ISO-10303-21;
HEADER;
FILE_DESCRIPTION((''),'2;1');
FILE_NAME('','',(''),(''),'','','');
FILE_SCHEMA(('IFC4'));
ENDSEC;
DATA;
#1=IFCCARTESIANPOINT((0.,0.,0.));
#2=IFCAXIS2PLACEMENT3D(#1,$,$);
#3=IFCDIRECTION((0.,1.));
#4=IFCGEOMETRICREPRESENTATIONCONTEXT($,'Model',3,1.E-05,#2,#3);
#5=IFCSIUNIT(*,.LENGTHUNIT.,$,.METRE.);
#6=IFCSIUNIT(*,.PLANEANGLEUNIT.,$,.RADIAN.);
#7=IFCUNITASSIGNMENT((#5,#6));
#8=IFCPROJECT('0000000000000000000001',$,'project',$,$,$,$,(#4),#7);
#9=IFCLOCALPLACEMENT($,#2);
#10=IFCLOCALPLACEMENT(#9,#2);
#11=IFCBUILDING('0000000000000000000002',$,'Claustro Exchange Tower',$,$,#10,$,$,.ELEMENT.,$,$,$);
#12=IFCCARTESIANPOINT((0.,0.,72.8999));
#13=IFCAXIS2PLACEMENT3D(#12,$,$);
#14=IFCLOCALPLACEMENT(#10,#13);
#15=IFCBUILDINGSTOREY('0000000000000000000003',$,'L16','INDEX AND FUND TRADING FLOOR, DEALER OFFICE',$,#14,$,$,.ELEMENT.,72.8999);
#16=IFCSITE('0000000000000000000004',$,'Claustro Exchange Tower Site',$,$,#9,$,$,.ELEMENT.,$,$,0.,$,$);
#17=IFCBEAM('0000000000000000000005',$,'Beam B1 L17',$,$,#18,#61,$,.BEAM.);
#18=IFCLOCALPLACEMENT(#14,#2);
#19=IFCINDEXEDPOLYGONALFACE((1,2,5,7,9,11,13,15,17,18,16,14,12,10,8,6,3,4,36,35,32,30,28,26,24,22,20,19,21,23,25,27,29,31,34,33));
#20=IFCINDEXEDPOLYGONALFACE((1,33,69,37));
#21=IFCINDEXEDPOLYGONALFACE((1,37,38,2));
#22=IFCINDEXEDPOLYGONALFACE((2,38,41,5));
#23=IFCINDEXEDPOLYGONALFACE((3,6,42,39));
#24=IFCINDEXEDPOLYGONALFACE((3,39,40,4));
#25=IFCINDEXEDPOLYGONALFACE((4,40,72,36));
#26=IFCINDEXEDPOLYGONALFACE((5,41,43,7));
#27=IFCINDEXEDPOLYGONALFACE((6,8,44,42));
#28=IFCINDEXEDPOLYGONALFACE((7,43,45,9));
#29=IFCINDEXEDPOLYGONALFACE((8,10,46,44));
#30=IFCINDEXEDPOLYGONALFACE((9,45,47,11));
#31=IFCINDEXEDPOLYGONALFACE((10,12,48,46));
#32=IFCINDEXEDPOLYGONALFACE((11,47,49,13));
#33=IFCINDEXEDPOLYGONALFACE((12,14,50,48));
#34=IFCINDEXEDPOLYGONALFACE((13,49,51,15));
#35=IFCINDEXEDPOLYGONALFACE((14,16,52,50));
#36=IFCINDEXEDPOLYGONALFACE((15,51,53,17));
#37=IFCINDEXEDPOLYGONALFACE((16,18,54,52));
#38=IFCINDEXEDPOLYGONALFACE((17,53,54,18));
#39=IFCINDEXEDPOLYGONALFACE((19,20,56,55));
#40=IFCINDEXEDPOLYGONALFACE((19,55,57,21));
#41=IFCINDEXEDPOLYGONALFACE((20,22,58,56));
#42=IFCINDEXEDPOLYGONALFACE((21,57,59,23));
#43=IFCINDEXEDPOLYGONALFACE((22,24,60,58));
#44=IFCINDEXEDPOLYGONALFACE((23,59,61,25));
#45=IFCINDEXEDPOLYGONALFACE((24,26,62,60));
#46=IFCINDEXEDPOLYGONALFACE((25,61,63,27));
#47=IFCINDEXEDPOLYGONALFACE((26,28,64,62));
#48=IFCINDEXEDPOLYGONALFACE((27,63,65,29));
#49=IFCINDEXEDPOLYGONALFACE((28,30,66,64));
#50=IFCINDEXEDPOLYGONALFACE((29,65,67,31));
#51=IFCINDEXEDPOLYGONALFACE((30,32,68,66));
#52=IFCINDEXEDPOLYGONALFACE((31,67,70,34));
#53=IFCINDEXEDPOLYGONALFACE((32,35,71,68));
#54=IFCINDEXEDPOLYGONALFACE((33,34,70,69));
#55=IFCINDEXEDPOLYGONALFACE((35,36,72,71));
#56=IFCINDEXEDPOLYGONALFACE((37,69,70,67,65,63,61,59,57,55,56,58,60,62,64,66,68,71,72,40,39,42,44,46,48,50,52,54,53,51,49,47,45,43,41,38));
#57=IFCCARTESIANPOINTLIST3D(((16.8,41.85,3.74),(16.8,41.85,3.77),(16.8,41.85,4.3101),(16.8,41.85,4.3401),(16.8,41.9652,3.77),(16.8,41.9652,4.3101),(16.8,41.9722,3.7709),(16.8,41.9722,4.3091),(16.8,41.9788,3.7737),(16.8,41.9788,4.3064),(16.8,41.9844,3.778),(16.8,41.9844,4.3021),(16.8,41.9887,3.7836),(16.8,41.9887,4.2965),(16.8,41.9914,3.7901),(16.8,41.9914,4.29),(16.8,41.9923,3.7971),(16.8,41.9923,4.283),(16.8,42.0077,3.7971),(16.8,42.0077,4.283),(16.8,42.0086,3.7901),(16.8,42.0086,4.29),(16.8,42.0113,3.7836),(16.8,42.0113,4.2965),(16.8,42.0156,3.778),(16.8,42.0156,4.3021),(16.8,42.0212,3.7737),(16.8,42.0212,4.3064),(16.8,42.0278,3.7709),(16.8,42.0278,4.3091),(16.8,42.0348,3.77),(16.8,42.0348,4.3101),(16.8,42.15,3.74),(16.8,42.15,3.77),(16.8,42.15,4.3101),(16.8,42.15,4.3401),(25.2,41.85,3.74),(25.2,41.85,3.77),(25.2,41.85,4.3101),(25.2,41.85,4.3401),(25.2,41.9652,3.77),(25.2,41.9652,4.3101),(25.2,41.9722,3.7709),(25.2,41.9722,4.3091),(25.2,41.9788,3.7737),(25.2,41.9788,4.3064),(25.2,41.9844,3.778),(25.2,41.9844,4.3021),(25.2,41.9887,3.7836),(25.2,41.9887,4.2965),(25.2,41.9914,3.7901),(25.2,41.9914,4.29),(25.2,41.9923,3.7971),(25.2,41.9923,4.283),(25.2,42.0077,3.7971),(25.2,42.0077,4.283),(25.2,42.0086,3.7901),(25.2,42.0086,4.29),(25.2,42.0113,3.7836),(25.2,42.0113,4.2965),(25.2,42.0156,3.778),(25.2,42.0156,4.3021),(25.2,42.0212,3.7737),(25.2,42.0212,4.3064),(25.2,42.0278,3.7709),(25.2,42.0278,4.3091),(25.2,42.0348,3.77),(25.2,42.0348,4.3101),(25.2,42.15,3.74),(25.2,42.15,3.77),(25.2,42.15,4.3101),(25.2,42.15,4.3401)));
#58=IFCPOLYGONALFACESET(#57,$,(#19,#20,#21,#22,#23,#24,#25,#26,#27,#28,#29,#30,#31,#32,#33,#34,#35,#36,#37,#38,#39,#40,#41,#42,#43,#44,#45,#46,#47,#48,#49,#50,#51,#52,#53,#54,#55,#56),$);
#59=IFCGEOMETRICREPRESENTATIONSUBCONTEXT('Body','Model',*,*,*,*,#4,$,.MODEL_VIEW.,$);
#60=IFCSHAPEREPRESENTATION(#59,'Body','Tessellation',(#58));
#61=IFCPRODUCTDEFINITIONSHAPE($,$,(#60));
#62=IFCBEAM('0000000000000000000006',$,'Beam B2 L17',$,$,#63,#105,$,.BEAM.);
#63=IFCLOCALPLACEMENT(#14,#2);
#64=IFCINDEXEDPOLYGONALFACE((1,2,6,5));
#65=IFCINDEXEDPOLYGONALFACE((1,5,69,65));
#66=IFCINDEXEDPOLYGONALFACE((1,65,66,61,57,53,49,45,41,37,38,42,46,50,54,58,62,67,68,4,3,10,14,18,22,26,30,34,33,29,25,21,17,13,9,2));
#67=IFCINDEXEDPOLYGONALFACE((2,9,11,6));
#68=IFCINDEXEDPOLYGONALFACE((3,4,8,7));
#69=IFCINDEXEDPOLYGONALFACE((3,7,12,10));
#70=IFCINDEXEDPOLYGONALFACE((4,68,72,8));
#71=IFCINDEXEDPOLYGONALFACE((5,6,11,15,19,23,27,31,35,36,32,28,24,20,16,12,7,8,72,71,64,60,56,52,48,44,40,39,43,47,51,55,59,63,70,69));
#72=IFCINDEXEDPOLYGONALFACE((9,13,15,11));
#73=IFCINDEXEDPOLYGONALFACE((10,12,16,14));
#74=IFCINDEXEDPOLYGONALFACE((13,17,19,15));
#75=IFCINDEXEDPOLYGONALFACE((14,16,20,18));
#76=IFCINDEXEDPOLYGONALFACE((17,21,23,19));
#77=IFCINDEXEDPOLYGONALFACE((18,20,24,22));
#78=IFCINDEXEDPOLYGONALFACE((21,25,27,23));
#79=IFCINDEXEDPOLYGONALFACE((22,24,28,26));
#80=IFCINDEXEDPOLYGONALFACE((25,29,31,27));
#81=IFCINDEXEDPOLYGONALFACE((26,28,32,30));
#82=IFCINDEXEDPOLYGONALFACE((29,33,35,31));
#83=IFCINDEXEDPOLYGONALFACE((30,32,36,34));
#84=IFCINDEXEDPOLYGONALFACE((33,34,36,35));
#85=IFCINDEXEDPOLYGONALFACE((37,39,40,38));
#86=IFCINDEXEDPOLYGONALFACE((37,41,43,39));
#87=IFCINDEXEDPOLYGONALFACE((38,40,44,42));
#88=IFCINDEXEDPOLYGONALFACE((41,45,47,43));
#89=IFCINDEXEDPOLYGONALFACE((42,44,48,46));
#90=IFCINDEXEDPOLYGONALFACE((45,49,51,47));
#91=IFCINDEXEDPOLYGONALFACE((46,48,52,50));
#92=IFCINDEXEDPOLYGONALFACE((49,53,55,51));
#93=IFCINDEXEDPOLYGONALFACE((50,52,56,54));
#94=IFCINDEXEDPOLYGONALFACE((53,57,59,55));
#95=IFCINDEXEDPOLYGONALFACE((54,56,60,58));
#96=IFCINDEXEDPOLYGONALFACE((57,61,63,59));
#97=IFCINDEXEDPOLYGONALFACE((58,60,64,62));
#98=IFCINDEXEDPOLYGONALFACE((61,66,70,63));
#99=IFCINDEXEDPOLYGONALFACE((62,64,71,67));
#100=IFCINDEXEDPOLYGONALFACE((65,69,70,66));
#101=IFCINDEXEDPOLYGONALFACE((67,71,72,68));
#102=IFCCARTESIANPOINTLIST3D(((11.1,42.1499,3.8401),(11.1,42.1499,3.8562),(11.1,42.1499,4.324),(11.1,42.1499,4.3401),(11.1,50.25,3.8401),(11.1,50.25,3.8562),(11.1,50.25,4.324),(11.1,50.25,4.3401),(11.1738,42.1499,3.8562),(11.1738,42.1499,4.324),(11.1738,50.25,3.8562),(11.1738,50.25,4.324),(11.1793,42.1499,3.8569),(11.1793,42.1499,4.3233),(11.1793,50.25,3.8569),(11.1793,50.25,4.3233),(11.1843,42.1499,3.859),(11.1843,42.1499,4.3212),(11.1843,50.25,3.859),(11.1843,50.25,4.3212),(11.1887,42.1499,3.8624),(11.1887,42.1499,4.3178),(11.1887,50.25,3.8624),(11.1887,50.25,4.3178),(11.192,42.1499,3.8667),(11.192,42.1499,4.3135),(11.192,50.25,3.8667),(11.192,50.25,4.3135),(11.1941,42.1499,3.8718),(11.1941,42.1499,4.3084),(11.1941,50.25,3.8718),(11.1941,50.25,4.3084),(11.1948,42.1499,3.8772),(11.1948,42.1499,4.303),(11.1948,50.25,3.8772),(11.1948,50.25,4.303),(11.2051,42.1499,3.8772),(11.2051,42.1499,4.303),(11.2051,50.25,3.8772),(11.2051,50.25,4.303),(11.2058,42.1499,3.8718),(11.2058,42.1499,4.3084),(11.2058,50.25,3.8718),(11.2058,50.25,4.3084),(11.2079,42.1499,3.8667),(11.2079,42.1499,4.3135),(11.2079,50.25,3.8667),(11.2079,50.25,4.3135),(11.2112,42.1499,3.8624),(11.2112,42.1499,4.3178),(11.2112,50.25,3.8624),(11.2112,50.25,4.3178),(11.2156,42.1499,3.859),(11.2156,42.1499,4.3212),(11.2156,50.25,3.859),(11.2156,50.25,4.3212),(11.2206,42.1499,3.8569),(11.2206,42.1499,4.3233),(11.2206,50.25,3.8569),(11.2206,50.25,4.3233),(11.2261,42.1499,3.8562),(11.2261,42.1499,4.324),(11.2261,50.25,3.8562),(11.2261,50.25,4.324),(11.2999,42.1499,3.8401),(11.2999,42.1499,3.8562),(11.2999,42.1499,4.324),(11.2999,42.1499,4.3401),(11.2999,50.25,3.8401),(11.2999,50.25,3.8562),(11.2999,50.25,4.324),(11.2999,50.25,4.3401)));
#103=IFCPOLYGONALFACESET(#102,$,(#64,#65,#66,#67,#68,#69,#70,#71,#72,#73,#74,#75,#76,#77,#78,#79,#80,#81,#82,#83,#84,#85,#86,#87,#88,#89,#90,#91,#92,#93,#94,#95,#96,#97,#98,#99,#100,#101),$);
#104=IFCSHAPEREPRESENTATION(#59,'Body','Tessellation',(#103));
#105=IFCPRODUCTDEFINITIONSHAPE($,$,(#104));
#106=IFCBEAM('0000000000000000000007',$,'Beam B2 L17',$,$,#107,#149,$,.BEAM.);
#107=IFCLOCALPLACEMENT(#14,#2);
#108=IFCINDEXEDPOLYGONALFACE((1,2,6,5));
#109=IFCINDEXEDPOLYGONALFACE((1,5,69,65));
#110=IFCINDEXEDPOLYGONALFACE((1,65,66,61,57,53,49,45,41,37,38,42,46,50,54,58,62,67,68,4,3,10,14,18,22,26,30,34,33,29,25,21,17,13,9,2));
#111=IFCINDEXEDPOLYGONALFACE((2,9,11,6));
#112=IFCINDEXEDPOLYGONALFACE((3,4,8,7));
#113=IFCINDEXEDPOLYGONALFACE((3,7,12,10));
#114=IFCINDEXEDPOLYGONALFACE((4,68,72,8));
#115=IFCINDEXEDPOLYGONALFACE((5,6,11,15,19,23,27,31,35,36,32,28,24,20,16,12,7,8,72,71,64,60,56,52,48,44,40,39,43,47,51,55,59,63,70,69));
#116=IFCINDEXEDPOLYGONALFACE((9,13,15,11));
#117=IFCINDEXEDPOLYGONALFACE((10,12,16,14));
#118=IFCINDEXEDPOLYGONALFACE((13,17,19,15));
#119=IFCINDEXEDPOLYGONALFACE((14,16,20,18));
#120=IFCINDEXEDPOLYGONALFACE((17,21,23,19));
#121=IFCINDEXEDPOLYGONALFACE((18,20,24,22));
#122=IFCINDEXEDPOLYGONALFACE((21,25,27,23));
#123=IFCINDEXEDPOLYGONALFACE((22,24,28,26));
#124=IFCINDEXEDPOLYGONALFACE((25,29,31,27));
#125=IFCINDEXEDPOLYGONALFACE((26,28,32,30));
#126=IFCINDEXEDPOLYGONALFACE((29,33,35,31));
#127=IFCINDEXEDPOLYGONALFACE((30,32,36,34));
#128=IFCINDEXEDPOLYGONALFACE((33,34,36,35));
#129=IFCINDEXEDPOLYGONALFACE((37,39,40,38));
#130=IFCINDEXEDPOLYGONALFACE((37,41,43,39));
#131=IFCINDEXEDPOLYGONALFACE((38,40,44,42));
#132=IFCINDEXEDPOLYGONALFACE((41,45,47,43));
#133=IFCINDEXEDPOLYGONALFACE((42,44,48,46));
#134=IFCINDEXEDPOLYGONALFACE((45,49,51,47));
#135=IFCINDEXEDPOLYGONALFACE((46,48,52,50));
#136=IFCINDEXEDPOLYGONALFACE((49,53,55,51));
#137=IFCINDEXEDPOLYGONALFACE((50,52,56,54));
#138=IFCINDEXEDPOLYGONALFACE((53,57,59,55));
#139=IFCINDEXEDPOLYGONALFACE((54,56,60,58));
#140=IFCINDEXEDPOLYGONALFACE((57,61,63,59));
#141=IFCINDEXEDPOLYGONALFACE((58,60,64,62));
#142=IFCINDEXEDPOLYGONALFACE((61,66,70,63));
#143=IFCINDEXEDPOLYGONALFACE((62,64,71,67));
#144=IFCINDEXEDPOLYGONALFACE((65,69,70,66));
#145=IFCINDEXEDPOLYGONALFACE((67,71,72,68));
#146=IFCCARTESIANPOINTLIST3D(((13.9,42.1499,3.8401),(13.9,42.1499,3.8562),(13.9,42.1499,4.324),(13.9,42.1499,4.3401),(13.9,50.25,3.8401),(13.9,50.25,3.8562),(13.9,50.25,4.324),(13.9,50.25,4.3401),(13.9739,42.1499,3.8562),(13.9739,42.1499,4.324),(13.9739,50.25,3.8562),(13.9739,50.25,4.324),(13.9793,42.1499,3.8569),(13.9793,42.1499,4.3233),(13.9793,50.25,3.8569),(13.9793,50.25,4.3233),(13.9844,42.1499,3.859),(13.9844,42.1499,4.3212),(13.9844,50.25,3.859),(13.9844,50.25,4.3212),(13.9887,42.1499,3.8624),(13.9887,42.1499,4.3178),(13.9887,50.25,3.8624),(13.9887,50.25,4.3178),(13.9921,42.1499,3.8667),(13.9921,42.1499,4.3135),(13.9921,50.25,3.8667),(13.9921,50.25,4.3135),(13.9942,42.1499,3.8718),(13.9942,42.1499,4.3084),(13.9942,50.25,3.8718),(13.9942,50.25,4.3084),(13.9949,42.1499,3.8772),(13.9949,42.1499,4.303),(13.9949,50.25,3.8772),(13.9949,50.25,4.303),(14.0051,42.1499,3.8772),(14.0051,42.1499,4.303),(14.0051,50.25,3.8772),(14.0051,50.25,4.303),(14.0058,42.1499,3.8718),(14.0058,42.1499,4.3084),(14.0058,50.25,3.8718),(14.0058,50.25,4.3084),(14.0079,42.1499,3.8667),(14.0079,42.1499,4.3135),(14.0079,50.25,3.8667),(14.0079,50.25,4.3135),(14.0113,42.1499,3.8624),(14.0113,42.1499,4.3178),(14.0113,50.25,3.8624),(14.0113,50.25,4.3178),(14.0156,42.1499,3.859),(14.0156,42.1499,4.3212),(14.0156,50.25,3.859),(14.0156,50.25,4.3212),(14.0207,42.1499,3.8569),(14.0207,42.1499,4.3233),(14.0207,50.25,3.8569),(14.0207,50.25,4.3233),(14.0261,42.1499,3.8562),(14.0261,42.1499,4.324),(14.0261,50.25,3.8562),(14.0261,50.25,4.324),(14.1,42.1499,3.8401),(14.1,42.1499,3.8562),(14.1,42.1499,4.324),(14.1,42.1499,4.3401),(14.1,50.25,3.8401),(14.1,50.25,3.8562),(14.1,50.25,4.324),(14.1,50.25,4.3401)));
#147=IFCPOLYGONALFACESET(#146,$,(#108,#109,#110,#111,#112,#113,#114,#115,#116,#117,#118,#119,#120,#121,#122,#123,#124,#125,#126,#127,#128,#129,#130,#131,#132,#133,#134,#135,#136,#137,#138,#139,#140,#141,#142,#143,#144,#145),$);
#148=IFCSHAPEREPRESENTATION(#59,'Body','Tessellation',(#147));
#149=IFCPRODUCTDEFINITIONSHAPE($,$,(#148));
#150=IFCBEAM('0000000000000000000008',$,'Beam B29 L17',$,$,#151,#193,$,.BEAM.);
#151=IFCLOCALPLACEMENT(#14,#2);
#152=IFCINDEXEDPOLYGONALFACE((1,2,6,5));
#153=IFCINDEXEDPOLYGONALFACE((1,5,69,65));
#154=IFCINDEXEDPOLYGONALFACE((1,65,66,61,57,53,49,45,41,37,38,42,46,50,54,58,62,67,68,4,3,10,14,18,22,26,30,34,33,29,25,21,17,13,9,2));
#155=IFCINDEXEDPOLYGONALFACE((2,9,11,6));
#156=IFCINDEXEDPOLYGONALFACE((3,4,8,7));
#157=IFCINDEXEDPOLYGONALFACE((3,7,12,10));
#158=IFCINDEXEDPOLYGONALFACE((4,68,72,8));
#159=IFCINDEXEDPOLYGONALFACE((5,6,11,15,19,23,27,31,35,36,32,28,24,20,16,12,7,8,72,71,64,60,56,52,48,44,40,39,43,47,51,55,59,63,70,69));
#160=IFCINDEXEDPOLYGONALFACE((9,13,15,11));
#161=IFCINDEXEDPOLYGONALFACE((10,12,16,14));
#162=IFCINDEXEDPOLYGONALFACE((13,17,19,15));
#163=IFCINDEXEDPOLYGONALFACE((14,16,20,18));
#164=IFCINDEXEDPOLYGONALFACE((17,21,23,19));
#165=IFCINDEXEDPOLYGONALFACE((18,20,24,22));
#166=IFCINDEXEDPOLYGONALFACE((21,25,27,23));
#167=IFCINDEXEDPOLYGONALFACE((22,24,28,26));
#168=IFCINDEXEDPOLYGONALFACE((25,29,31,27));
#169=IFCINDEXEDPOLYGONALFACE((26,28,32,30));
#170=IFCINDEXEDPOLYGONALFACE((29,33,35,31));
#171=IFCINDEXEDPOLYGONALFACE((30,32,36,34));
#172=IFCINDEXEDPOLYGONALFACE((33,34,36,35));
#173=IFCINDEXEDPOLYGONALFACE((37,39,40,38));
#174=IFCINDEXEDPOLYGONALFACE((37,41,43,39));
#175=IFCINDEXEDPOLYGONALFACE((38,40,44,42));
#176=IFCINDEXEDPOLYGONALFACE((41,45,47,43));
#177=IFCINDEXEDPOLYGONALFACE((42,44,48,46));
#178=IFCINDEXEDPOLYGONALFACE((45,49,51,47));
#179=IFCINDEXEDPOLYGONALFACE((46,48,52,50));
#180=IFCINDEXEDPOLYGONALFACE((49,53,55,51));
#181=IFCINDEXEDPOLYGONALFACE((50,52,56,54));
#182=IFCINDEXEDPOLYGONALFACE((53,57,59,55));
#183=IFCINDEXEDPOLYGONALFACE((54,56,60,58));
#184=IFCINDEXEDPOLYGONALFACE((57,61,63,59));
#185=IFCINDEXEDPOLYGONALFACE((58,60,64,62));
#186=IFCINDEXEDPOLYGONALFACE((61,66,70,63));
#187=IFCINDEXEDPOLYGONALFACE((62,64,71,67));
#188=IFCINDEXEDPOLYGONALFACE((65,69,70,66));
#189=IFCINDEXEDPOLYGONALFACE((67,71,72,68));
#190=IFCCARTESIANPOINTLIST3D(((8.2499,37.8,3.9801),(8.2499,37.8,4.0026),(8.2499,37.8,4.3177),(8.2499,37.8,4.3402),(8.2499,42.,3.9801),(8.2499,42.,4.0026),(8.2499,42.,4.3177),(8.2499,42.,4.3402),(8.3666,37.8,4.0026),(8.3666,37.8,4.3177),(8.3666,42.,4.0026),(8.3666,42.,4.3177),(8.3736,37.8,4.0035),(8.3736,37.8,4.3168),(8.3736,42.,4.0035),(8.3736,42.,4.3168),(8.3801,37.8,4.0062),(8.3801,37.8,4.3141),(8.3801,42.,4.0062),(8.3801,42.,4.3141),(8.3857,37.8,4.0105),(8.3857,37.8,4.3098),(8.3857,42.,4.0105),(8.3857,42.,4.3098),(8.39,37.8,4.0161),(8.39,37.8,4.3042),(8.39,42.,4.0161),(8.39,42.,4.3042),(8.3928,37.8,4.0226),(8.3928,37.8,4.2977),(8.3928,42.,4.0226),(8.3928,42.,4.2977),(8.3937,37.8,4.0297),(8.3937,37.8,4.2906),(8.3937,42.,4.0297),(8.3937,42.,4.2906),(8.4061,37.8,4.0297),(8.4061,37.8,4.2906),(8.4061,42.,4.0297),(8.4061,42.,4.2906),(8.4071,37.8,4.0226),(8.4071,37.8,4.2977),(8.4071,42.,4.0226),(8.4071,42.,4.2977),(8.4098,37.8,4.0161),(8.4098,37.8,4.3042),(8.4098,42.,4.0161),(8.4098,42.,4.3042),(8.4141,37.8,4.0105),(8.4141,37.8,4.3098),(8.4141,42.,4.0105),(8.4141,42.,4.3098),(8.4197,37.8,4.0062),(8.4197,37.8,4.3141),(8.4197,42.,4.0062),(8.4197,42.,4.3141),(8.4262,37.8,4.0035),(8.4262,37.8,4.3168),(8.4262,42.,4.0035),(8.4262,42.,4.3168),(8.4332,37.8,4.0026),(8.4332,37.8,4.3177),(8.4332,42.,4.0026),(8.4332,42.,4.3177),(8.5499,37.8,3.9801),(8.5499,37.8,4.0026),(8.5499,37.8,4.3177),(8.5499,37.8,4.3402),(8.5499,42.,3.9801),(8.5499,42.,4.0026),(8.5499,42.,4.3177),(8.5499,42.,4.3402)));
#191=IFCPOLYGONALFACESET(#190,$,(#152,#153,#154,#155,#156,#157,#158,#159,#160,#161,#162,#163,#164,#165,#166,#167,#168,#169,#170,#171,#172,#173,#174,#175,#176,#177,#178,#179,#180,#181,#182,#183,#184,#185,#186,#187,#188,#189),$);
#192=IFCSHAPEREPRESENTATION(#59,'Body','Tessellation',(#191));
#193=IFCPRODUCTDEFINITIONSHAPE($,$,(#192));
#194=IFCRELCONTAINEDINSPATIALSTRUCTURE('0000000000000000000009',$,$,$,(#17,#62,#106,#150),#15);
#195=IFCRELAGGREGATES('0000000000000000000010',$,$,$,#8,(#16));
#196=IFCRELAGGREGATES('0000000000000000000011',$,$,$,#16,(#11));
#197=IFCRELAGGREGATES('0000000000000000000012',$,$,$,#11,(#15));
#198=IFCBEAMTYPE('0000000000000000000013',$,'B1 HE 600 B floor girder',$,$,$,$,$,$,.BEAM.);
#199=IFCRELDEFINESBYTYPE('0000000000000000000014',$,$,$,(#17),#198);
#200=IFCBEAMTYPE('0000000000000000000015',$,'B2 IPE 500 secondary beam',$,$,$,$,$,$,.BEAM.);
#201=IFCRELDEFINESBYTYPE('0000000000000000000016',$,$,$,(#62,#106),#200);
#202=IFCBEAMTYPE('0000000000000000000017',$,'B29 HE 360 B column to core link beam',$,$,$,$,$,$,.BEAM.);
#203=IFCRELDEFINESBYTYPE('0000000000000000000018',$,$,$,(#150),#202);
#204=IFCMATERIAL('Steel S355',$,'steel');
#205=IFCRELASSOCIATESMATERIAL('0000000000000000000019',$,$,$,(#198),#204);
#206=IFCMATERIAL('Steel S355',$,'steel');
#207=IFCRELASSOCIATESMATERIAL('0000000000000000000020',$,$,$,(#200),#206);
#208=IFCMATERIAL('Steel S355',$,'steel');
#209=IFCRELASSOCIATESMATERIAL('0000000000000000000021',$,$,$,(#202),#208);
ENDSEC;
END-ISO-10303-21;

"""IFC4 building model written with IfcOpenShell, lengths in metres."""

from ifc_helpers import new_model, si_unit, direction, frame, origin, origin_2d, place, context, subcontext, project, spatial, i_section, extrude, material, material_profile, profile_set, type_object, element, save


model = new_model("IFC4")

# Units and contexts
model_context = context("Model", 3, precision=1e-05, world=origin(), true_north=direction((0.0, 1.0)))
body_context = subcontext(model_context, "Body", "Model", "MODEL_VIEW")
ifc_project = project(units=[si_unit("LENGTHUNIT", "METRE"), si_unit("PLANEANGLEUNIT", "RADIAN")], contexts=[model_context])

# Site, building, storey
site_placement = place(None, origin())
site = spatial("IfcSite", under=ifc_project, at=site_placement, Name="Claustro Exchange Tower Site", CompositionType="ELEMENT", RefElevation=0.0)
building_placement = place(site_placement, origin())
building = spatial("IfcBuilding", under=site, at=building_placement, Name="Claustro Exchange Tower", CompositionType="ELEMENT")
storey_placement = place(building_placement, frame((0.0, 0.0, 72.8999)))
storey = spatial("IfcBuildingStorey", under=building, at=storey_placement, Name="L16", Description="INDEX AND FUND TRADING FLOOR, DEALER OFFICE", CompositionType="ELEMENT", Elevation=72.8999)

# Beams
ifc_material_1 = material(Name="Steel S355", Category="steel")
ifc_material_profile_1 = material_profile(ifc_material_1, i_section(OverallWidth=0.3, OverallDepth=0.6001, WebThickness=0.0154, FlangeThickness=0.03, FilletRadius=0.0271, at=origin_2d()), Name="HE 600 B")
ifc_profile_set_1 = profile_set([ifc_material_profile_1], Name="Steel S355")
beam_type_1 = type_object("IfcBeamType", Name="B1 HE 600 B floor girder", PredefinedType="BEAM", material=ifc_profile_set_1)
beam_1_placement = place(storey_placement, frame((16.8, 42.0, 4.04), z_axis=(1.0, 0.0, 0.0), x_axis=(0.0, 1.0, 0.0)))
element("IfcBeam", 1, at=beam_1_placement, inside=storey, type_object=beam_type_1, Name="Beam B1 L17", PredefinedType="BEAM", context=body_context, shape_type="SweptSolid", body=[
    extrude(i_section(OverallWidth=0.3, OverallDepth=0.6001, WebThickness=0.0154, FlangeThickness=0.03, FilletRadius=0.0271, at=origin_2d()), origin(), (0.0, 0.0, 1.0), 8.3999),
])
ifc_material_2 = material(Name="Steel S355", Category="steel")
ifc_material_profile_2 = material_profile(ifc_material_2, i_section(OverallWidth=0.2, OverallDepth=0.5, WebThickness=0.0103, FlangeThickness=0.0161, FilletRadius=0.021, at=origin_2d()), Name="IPE 500")
ifc_profile_set_2 = profile_set([ifc_material_profile_2], Name="Steel S355")
beam_type_2 = type_object("IfcBeamType", Name="B2 IPE 500 secondary beam", PredefinedType="BEAM", material=ifc_profile_set_2)
for number, where, z_axis, x_axis, name in (
    (2, (11.2, 42.1499, 4.0901), (0.0, 1.0, 0.0), (-1.0, 0.0, 0.0), "Beam B2 L17"),
    (3, (14.0, 42.1499, 4.0901), (0.0, 1.0, 0.0), (-1.0, 0.0, 0.0), "Beam B2 L17"),
):
    element("IfcBeam", number, at=place(storey_placement, frame(where, z_axis=z_axis, x_axis=x_axis)), inside=storey, type_object=beam_type_2, Name=name, PredefinedType="BEAM", context=body_context, shape_type="SweptSolid", body=[
        extrude(i_section(OverallWidth=0.2, OverallDepth=0.5, WebThickness=0.0103, FlangeThickness=0.0161, FilletRadius=0.021, at=origin_2d()), origin(), (0.0, 0.0, 1.0), 8.1001),
    ])
ifc_material_3 = material(Name="Steel S355", Category="steel")
ifc_material_profile_3 = material_profile(ifc_material_3, i_section(OverallWidth=0.3, OverallDepth=0.3601, WebThickness=0.0125, FlangeThickness=0.0225, FilletRadius=0.0271, at=origin_2d()), Name="HE 360 B")
ifc_profile_set_3 = profile_set([ifc_material_profile_3], Name="Steel S355")
beam_type_3 = type_object("IfcBeamType", Name="B29 HE 360 B column to core link beam", PredefinedType="BEAM", material=ifc_profile_set_3)
for number, where, z_axis, x_axis, name in (
    (4, (8.3999, 37.8, 4.1602), (0.0, 1.0, 0.0), (-1.0, 0.0, 0.0), "Beam B29 L17"),
):
    element("IfcBeam", number, at=place(storey_placement, frame(where, z_axis=z_axis, x_axis=x_axis)), inside=storey, type_object=beam_type_3, Name=name, PredefinedType="BEAM", context=body_context, shape_type="SweptSolid", body=[
        extrude(i_section(OverallWidth=0.3, OverallDepth=0.3601, WebThickness=0.0125, FlangeThickness=0.0225, FilletRadius=0.0271, at=origin_2d()), origin(), (0.0, 0.0, 1.0), 4.2),
    ])

save(model, "model.ifc")
